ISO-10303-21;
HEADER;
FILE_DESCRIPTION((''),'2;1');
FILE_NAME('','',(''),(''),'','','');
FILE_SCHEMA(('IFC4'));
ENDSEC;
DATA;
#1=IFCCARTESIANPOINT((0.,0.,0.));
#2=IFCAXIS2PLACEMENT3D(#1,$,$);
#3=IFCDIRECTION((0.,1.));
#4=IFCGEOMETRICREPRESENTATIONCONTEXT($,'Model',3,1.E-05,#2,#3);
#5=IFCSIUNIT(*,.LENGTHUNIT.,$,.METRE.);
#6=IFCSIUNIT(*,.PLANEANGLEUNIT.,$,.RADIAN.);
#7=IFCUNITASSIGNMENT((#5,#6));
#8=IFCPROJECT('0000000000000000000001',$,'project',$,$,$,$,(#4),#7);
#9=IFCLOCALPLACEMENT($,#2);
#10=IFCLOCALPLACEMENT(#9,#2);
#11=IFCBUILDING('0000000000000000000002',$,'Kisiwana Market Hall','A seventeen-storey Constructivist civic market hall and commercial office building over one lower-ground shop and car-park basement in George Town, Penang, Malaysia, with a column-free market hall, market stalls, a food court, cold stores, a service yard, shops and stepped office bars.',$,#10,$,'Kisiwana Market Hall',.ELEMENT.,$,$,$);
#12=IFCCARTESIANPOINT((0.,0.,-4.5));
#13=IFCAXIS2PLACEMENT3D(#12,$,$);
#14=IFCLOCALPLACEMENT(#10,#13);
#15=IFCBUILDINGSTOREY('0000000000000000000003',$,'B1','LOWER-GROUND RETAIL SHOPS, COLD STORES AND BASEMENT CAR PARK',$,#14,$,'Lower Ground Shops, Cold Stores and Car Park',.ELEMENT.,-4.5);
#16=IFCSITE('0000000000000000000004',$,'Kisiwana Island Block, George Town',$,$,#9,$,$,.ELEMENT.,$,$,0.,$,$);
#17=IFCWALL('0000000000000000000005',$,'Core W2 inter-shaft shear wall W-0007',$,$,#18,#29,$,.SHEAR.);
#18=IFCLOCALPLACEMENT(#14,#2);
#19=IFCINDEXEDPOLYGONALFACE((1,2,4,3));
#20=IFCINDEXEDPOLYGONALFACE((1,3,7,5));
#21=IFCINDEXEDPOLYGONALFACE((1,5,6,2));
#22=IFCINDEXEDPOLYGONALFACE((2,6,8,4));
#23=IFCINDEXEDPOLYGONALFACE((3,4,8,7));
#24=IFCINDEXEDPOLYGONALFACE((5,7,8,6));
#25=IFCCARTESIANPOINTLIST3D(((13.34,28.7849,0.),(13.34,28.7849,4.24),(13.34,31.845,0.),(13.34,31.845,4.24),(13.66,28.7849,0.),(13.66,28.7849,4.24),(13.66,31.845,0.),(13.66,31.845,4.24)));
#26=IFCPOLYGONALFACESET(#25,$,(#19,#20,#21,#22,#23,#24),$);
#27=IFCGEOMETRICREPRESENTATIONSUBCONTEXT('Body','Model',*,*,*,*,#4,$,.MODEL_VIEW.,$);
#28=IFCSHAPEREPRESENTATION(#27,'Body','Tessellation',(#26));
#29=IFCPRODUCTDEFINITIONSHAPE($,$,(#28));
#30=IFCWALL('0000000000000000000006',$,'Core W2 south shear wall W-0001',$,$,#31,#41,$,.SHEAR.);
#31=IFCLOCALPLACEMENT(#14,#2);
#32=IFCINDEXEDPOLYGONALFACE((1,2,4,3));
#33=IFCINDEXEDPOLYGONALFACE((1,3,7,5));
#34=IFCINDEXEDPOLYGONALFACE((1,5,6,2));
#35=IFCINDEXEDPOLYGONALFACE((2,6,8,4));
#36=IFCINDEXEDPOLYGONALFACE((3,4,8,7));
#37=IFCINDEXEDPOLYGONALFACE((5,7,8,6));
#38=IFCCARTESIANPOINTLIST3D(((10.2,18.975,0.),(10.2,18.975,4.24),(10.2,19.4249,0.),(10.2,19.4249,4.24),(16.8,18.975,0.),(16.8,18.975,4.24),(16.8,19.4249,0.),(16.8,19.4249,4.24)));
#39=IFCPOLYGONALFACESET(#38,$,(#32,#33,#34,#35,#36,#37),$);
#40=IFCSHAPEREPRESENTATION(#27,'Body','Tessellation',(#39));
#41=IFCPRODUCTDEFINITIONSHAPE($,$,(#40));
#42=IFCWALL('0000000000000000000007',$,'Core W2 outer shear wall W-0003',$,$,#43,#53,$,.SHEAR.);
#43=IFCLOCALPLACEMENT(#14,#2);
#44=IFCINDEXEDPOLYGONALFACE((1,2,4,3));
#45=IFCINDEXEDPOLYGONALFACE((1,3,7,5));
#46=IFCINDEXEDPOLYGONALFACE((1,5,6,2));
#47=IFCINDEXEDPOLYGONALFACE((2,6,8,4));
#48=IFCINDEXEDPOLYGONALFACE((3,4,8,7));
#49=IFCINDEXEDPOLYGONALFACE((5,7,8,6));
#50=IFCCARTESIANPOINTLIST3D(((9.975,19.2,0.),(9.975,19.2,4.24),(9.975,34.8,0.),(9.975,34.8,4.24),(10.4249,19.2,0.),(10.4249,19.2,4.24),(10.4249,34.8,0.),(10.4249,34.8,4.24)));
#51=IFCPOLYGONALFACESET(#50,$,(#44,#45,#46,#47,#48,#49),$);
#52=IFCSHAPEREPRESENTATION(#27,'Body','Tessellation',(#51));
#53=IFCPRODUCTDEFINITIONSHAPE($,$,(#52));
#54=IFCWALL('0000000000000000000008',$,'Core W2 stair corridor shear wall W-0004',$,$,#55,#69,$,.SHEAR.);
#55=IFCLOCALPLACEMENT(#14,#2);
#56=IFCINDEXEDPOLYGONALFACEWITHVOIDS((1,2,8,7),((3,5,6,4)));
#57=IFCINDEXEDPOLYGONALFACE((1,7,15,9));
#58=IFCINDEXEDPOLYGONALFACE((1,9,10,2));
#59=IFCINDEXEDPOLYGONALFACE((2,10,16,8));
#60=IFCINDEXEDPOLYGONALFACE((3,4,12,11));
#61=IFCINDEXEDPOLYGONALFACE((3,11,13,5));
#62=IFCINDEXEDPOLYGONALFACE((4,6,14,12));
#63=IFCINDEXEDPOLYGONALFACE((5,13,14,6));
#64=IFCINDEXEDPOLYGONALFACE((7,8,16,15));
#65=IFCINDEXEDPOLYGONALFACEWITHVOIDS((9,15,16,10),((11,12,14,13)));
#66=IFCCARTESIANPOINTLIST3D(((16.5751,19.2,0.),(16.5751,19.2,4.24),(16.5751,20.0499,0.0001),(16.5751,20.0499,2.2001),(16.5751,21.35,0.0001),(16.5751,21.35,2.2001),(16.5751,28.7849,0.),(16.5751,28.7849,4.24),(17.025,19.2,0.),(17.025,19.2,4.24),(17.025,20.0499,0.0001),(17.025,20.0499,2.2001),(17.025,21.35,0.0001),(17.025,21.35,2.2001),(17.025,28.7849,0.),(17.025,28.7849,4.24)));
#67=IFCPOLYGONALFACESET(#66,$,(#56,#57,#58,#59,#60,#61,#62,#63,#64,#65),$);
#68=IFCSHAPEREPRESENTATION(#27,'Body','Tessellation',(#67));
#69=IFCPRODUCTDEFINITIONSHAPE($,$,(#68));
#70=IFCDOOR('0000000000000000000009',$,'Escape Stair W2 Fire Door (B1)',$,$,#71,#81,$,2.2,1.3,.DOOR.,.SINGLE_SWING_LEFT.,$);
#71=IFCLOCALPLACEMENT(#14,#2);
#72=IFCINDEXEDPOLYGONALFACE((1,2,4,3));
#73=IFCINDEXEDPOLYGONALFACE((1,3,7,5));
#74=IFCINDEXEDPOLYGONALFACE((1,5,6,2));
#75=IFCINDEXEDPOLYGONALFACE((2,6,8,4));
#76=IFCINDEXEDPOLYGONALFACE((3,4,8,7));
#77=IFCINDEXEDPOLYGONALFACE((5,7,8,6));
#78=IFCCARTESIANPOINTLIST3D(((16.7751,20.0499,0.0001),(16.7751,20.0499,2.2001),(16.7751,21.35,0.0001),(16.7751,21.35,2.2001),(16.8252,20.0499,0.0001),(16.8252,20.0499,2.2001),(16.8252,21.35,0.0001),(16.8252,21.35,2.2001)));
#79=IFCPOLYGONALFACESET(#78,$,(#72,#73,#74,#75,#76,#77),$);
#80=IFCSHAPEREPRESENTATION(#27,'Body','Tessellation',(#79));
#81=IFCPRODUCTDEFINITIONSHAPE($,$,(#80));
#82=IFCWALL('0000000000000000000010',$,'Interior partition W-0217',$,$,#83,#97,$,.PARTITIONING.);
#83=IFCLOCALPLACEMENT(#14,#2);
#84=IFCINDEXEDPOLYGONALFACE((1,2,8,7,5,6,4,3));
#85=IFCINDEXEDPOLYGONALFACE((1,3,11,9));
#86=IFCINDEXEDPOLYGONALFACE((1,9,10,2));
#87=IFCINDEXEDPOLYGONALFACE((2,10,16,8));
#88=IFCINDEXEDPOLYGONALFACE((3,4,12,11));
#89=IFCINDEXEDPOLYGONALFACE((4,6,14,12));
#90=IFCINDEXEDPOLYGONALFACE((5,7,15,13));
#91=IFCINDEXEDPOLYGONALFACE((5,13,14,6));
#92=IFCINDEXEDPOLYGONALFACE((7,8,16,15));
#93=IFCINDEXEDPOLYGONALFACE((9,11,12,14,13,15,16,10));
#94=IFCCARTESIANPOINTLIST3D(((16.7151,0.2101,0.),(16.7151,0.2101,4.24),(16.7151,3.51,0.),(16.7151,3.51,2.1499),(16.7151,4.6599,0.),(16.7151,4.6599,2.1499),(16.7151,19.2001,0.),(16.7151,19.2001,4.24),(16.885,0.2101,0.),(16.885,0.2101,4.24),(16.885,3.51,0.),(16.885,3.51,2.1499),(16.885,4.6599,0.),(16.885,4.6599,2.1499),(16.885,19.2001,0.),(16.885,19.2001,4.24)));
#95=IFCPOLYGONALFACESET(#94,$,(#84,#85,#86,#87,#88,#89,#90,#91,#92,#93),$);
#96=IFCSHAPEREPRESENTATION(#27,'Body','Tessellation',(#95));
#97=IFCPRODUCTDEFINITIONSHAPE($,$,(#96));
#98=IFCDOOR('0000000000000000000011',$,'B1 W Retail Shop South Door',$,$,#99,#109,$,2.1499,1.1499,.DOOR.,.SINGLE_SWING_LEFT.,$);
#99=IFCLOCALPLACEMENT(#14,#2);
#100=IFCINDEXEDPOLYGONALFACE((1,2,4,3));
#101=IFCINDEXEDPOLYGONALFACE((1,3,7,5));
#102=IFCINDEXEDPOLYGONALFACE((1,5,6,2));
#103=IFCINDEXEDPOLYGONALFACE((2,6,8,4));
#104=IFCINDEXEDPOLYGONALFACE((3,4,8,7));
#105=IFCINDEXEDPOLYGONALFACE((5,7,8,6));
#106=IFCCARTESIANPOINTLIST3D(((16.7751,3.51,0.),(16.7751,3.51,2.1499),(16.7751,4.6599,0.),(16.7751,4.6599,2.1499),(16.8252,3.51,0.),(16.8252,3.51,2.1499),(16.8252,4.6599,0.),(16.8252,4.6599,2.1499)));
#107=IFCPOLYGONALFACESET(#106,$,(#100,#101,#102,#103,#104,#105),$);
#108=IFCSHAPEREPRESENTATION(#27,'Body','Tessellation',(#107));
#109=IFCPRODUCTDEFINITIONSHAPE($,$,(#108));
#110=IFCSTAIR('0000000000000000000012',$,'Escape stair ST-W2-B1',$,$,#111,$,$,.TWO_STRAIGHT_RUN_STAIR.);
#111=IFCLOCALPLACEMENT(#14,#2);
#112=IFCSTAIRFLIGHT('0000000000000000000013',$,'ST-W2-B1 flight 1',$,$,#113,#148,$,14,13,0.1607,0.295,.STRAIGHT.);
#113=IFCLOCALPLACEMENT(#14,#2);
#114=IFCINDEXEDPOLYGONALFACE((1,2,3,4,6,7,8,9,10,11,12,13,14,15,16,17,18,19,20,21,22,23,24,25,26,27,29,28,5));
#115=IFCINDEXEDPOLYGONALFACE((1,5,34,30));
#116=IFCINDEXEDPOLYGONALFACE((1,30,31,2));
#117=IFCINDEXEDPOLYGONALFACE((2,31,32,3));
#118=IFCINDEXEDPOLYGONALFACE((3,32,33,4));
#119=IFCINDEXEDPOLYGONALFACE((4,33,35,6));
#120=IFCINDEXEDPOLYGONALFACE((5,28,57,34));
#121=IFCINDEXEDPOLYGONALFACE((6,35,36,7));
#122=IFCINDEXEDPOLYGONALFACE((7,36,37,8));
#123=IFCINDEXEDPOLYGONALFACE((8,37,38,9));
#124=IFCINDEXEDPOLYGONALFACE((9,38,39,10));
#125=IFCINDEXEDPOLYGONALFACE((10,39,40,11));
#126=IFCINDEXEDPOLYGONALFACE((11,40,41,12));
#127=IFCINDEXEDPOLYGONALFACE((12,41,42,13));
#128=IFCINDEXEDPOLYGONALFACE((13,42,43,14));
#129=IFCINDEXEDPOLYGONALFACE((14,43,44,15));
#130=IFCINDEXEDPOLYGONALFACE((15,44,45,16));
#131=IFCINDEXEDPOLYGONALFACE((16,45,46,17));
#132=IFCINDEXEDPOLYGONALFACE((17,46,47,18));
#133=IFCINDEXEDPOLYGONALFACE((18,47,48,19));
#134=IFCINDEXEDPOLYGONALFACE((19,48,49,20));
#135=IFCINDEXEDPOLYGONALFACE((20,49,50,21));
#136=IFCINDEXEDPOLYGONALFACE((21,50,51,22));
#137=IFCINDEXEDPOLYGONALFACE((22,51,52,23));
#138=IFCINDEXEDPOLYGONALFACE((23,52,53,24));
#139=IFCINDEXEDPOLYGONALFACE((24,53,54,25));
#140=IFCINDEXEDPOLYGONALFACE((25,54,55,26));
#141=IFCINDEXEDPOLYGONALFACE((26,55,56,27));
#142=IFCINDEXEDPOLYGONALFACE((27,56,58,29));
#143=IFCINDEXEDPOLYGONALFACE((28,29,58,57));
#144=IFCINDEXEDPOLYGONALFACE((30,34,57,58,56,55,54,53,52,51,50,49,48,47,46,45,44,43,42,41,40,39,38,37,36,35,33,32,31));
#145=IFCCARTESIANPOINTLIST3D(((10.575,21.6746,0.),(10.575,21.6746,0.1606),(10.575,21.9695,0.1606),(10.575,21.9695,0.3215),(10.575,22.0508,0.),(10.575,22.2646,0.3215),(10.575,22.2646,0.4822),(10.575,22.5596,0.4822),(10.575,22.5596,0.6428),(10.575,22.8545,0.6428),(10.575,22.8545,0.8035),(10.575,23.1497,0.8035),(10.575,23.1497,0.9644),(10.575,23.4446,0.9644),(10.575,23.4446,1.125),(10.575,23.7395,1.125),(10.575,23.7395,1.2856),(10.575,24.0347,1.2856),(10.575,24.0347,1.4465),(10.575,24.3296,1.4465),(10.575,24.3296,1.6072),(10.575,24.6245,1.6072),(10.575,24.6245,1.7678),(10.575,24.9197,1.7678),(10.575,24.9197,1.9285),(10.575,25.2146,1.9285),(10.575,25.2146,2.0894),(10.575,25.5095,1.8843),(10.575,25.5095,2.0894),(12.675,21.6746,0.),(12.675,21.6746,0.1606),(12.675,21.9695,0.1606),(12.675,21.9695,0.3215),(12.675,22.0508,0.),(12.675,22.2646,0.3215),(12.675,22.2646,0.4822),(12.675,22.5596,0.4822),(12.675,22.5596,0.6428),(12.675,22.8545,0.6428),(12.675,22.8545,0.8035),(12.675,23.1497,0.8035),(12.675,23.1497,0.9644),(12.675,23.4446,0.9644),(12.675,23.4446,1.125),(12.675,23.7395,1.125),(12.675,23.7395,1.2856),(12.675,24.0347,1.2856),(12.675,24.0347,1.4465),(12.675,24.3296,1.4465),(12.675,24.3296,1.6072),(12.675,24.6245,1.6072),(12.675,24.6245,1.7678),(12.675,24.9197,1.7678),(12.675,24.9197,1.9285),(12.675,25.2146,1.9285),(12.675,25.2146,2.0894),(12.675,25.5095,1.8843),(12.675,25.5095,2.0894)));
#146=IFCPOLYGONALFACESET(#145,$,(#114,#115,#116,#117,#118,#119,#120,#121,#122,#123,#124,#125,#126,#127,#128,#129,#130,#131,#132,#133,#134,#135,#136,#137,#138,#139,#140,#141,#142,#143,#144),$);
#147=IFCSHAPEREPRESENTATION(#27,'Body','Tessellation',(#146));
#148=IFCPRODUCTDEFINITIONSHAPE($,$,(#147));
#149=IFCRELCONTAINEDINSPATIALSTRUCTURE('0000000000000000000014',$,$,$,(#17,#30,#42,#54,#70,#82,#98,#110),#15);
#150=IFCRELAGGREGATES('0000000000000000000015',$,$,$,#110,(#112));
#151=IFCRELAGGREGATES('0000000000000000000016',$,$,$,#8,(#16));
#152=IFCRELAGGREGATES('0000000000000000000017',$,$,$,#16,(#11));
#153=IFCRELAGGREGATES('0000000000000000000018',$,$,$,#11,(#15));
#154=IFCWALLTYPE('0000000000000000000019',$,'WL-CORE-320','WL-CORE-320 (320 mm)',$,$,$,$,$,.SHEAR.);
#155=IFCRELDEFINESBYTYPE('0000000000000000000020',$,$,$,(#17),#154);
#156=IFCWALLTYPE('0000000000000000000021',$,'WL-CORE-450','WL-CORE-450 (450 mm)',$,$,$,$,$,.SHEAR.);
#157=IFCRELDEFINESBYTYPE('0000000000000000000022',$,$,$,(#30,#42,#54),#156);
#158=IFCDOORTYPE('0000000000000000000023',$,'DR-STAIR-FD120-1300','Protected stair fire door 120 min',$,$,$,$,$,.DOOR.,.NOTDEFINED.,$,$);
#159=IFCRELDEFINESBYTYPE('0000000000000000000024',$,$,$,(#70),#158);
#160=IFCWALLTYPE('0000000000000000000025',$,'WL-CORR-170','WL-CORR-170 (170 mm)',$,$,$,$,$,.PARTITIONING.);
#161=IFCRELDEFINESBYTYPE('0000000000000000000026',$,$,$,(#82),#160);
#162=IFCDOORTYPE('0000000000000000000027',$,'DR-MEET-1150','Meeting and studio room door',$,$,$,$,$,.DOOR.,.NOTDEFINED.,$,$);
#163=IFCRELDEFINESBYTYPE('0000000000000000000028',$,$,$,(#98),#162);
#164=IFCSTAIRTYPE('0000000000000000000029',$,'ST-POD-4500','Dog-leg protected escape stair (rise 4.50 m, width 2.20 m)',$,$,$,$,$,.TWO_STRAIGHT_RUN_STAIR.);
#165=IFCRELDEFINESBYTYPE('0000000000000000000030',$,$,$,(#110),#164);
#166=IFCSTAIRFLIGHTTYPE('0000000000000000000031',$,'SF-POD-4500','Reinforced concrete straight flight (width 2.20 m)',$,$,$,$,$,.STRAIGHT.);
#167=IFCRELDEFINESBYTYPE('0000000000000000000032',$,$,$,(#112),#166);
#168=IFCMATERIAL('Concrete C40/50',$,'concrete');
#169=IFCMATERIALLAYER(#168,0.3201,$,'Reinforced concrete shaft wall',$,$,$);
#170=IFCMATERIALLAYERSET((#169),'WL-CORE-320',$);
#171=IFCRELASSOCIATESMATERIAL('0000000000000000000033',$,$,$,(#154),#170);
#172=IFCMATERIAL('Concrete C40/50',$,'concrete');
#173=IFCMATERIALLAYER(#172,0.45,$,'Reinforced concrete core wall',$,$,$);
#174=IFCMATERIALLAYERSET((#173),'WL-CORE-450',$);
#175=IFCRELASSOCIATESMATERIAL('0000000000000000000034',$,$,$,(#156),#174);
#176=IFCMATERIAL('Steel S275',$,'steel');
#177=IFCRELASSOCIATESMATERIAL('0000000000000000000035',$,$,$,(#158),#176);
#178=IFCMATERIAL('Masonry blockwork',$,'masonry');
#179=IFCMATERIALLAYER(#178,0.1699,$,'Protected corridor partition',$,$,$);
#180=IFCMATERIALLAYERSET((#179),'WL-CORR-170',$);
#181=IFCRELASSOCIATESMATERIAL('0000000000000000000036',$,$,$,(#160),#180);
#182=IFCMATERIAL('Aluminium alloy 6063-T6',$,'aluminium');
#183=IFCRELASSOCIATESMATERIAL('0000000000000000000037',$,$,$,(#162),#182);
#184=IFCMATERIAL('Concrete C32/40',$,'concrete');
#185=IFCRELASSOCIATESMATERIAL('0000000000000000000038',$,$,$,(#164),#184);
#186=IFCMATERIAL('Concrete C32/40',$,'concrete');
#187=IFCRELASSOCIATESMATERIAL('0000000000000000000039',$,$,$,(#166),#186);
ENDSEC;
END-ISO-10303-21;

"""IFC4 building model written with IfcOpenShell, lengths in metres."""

from ifc_helpers import new_model, si_unit, direction, frame, frame_2d, origin, place, context, subcontext, project, spatial, polyline, rectangle, outline, extrude, material, layer, layer_set, type_object, element, fill, aggregate, save


model = new_model("IFC4")

# Units and contexts
model_context = context("Model", 3, precision=1e-05, world=origin(), true_north=direction((0.0, 1.0)))
body_context = subcontext(model_context, "Body", "Model", "MODEL_VIEW")
ifc_project = project(units=[si_unit("LENGTHUNIT", "METRE"), si_unit("PLANEANGLEUNIT", "RADIAN")], contexts=[model_context])

# Site, building, storey
site_placement = place(None, origin())
site = spatial("IfcSite", under=ifc_project, at=site_placement, Name="Kisiwana Island Block, George Town", CompositionType="ELEMENT", RefElevation=0.0)
building_placement = place(site_placement, origin())
building = spatial("IfcBuilding", under=site, at=building_placement, Name="Kisiwana Market Hall", Description="A seventeen-storey Constructivist civic market hall and commercial office building over one lower-ground shop and car-park basement in George Town, Penang, Malaysia, with a column-free market hall, market stalls, a food court, cold stores, a service yard, shops and stepped office bars.", LongName="Kisiwana Market Hall", CompositionType="ELEMENT")
storey_placement = place(building_placement, frame((0.0, 0.0, -4.5)))
storey = spatial("IfcBuildingStorey", under=building, at=storey_placement, Name="B1", Description="LOWER-GROUND RETAIL SHOPS, COLD STORES AND BASEMENT CAR PARK", LongName="Lower Ground Shops, Cold Stores and Car Park", CompositionType="ELEMENT", Elevation=-4.5)

# Walls
ifc_material_1 = material(Name="Concrete C40/50", Category="concrete")
ifc_layer_1 = layer(ifc_material_1, 0.3201, Name="Reinforced concrete shaft wall")
ifc_layer_set_1 = layer_set([ifc_layer_1], Name="WL-CORE-320")
wall_type_1 = type_object("IfcWallType", Name="WL-CORE-320", Description="WL-CORE-320 (320 mm)", PredefinedType="SHEAR", material=ifc_layer_set_1)
wall_1_placement = place(storey_placement, frame((13.5, 28.7849, 0.0), z_axis=(0.0, 0.0, 1.0), x_axis=(0.0, 1.0, 0.0)))
element("IfcWall", 1, at=wall_1_placement, inside=storey, type_object=wall_type_1, Name="Core W2 inter-shaft shear wall W-0007", PredefinedType="SHEAR", context=body_context, shape_type="SweptSolid", body=[
    extrude(rectangle(XDim=3.0601, YDim=0.3201, at=frame_2d((1.53, 0.0))), origin(), (0.0, 0.0, 1.0), 4.24),
])
ifc_material_2 = material(Name="Concrete C40/50", Category="concrete")
ifc_layer_2 = layer(ifc_material_2, 0.45, Name="Reinforced concrete core wall")
ifc_layer_set_2 = layer_set([ifc_layer_2], Name="WL-CORE-450")
wall_type_2 = type_object("IfcWallType", Name="WL-CORE-450", Description="WL-CORE-450 (450 mm)", PredefinedType="SHEAR", material=ifc_layer_set_2)
wall_2_placement = place(storey_placement, frame((10.2, 19.2, 0.0), z_axis=(0.0, 0.0, 1.0), x_axis=(1.0, 0.0, 0.0)))
element("IfcWall", 2, at=wall_2_placement, inside=storey, type_object=wall_type_2, Name="Core W2 south shear wall W-0001", PredefinedType="SHEAR", context=body_context, shape_type="SweptSolid", body=[
    extrude(rectangle(XDim=6.6001, YDim=0.45, at=frame_2d((3.3, 0.0))), origin(), (0.0, 0.0, 1.0), 4.24),
])
wall_3_placement = place(storey_placement, frame((10.2, 19.2, 0.0), z_axis=(0.0, 0.0, 1.0), x_axis=(0.0, 1.0, 0.0)))
element("IfcWall", 3, at=wall_3_placement, inside=storey, type_object=wall_type_2, Name="Core W2 outer shear wall W-0003", PredefinedType="SHEAR", context=body_context, shape_type="SweptSolid", body=[
    extrude(rectangle(XDim=15.6001, YDim=0.45, at=frame_2d((7.8, 0.0))), origin(), (0.0, 0.0, 1.0), 4.24),
])

# Walls, openings, doors
wall_4_placement = place(storey_placement, frame((16.8, 19.2, 0.0), z_axis=(0.0, 0.0, 1.0), x_axis=(0.0, 1.0, 0.0)))
wall_4 = element("IfcWall", 4, at=wall_4_placement, inside=storey, type_object=wall_type_2, Name="Core W2 stair corridor shear wall W-0004", PredefinedType="SHEAR", context=body_context, shape_type="SweptSolid", body=[
    extrude(rectangle(XDim=9.585, YDim=0.45, at=frame_2d((4.7925, 0.0))), origin(), (0.0, 0.0, 1.0), 4.24),
])
opening_1_placement = place(wall_4_placement, frame((0.8501, 0.0, 0.0)))
opening_1 = element("IfcOpeningElement", 5, at=opening_1_placement, cuts=wall_4, PredefinedType="OPENING", context=body_context, shape_type="SweptSolid", body=[
    extrude(rectangle(XDim=1.3, YDim=2.2, at=frame_2d((0.6499, 1.1001))), frame((0.0, 0.2368, 0.0), z_axis=(0.0, -1.0, 0.0), x_axis=(1.0, 0.0, 0.0)), (0.0, 0.0, 1.0), 0.4739),
])
ifc_material_3 = material(Name="Steel S275", Category="steel")
door_type_1 = type_object("IfcDoorType", Name="DR-STAIR-FD120-1300", Description="Protected stair fire door 120 min", OperationType="NOTDEFINED", PredefinedType="DOOR", material=ifc_material_3)
door_1_placement = place(opening_1_placement, origin())
door_1 = element("IfcDoor", 6, at=door_1_placement, inside=storey, type_object=door_type_1, Name="Escape Stair W2 Fire Door (B1)", OperationType="SINGLE_SWING_LEFT", OverallHeight=2.2, OverallWidth=1.3, PredefinedType="DOOR", context=body_context, shape_type="SweptSolid", body=[
    extrude(rectangle(XDim=1.3, YDim=2.2, at=frame_2d((0.6499, 1.1001))), frame((0.0, 0.0249, 0.0), z_axis=(0.0, -1.0, 0.0), x_axis=(1.0, 0.0, 0.0)), (0.0, 0.0, 1.0), 0.05),
])
fill(opening_1, door_1)
ifc_material_4 = material(Name="Masonry blockwork", Category="masonry")
ifc_layer_3 = layer(ifc_material_4, 0.1699, Name="Protected corridor partition")
ifc_layer_set_3 = layer_set([ifc_layer_3], Name="WL-CORR-170")
wall_type_3 = type_object("IfcWallType", Name="WL-CORR-170", Description="WL-CORR-170 (170 mm)", PredefinedType="PARTITIONING", material=ifc_layer_set_3)
wall_5_placement = place(storey_placement, frame((16.8, 0.21, 0.0), z_axis=(0.0, 0.0, 1.0), x_axis=(0.0, 1.0, 0.0)))
wall_5 = element("IfcWall", 7, at=wall_5_placement, inside=storey, type_object=wall_type_3, Name="Interior partition W-0217", PredefinedType="PARTITIONING", context=body_context, shape_type="SweptSolid", body=[
    extrude(rectangle(XDim=18.99, YDim=0.1699, at=frame_2d((9.4951, 0.0))), origin(), (0.0, 0.0, 1.0), 4.24),
])
opening_2_placement = place(wall_5_placement, frame((3.3, 0.0, 0.0)))
opening_2 = element("IfcOpeningElement", 8, at=opening_2_placement, cuts=wall_5, PredefinedType="OPENING", context=body_context, shape_type="SweptSolid", body=[
    extrude(rectangle(XDim=1.1499, YDim=2.1499, at=frame_2d((0.575, 1.075))), frame((0.0, 0.0969, 0.0), z_axis=(0.0, -1.0, 0.0), x_axis=(1.0, 0.0, 0.0)), (0.0, 0.0, 1.0), 0.1938),
])
ifc_material_5 = material(Name="Aluminium alloy 6063-T6", Category="aluminium")
door_type_2 = type_object("IfcDoorType", Name="DR-MEET-1150", Description="Meeting and studio room door", OperationType="NOTDEFINED", PredefinedType="DOOR", material=ifc_material_5)
door_2_placement = place(opening_2_placement, origin())
door_2 = element("IfcDoor", 9, at=door_2_placement, inside=storey, type_object=door_type_2, Name="B1 W Retail Shop South Door", OperationType="SINGLE_SWING_LEFT", OverallHeight=2.1499, OverallWidth=1.1499, PredefinedType="DOOR", context=body_context, shape_type="SweptSolid", body=[
    extrude(rectangle(XDim=1.1499, YDim=2.1499, at=frame_2d((0.575, 1.075))), frame((0.0, 0.0249, 0.0), z_axis=(0.0, -1.0, 0.0), x_axis=(1.0, 0.0, 0.0)), (0.0, 0.0, 1.0), 0.05),
])
fill(opening_2, door_2)

# Stair, stair flight
ifc_material_6 = material(Name="Concrete C32/40", Category="concrete")
stair_type = type_object("IfcStairType", Name="ST-POD-4500", Description="Dog-leg protected escape stair (rise 4.50 m, width 2.20 m)", PredefinedType="TWO_STRAIGHT_RUN_STAIR", material=ifc_material_6)
stair_placement = place(storey_placement, origin())
stair = element("IfcStair", 10, at=stair_placement, inside=storey, type_object=stair_type, Name="Escape stair ST-W2-B1", PredefinedType="TWO_STRAIGHT_RUN_STAIR")
ifc_material_7 = material(Name="Concrete C32/40", Category="concrete")
stair_flight_type = type_object("IfcStairFlightType", Name="SF-POD-4500", Description="Reinforced concrete straight flight (width 2.20 m)", PredefinedType="STRAIGHT", material=ifc_material_7)
stair_flight_1_placement = place(storey_placement, frame((11.625, 21.6746, 0.0), z_axis=(0.0, 0.0, 1.0), x_axis=(0.0, 1.0, 0.0)))
stair_flight_1 = element("IfcStairFlight", 11, at=stair_flight_1_placement, type_object=stair_flight_type, Name="ST-W2-B1 flight 1", NumberOfRisers=14, NumberOfTreads=13, PredefinedType="STRAIGHT", RiserHeight=0.1607, TreadLength=0.295, context=body_context, shape_type="SweptSolid", body=[
    extrude(outline(polyline([(0.0, 0.0), (0.0, 0.1606), (0.2949, 0.1606), (0.2949, 0.3215), (0.5901, 0.3215), (0.5901, 0.4822), (0.885, 0.4822), (0.885, 0.6428), (1.1799, 0.6428), (1.1799, 0.8035), (1.4751, 0.8035), (1.4751, 0.9644), (1.77, 0.9644), (1.77, 1.125), (2.0649, 1.125), (2.0649, 1.2856), (2.3601, 1.2856), (2.3601, 1.4465), (2.655, 1.4465), (2.655, 1.6072), (2.95, 1.6072), (2.95, 1.7678), (3.2451, 1.7678), (3.2451, 1.9285), (3.54, 1.9285), (3.54, 2.0894), (3.835, 2.0894), (3.835, 2.25), (3.835, 1.8843), (0.3762, 0.0), (0.0, 0.0)])), frame((0.0, 1.05, 0.0), z_axis=(0.0, -1.0, 0.0), x_axis=(1.0, 0.0, 0.0)), (0.0, 0.0, 1.0), 2.1001),
])
aggregate(stair, [stair_flight_1])

save(model, "model.ifc")
